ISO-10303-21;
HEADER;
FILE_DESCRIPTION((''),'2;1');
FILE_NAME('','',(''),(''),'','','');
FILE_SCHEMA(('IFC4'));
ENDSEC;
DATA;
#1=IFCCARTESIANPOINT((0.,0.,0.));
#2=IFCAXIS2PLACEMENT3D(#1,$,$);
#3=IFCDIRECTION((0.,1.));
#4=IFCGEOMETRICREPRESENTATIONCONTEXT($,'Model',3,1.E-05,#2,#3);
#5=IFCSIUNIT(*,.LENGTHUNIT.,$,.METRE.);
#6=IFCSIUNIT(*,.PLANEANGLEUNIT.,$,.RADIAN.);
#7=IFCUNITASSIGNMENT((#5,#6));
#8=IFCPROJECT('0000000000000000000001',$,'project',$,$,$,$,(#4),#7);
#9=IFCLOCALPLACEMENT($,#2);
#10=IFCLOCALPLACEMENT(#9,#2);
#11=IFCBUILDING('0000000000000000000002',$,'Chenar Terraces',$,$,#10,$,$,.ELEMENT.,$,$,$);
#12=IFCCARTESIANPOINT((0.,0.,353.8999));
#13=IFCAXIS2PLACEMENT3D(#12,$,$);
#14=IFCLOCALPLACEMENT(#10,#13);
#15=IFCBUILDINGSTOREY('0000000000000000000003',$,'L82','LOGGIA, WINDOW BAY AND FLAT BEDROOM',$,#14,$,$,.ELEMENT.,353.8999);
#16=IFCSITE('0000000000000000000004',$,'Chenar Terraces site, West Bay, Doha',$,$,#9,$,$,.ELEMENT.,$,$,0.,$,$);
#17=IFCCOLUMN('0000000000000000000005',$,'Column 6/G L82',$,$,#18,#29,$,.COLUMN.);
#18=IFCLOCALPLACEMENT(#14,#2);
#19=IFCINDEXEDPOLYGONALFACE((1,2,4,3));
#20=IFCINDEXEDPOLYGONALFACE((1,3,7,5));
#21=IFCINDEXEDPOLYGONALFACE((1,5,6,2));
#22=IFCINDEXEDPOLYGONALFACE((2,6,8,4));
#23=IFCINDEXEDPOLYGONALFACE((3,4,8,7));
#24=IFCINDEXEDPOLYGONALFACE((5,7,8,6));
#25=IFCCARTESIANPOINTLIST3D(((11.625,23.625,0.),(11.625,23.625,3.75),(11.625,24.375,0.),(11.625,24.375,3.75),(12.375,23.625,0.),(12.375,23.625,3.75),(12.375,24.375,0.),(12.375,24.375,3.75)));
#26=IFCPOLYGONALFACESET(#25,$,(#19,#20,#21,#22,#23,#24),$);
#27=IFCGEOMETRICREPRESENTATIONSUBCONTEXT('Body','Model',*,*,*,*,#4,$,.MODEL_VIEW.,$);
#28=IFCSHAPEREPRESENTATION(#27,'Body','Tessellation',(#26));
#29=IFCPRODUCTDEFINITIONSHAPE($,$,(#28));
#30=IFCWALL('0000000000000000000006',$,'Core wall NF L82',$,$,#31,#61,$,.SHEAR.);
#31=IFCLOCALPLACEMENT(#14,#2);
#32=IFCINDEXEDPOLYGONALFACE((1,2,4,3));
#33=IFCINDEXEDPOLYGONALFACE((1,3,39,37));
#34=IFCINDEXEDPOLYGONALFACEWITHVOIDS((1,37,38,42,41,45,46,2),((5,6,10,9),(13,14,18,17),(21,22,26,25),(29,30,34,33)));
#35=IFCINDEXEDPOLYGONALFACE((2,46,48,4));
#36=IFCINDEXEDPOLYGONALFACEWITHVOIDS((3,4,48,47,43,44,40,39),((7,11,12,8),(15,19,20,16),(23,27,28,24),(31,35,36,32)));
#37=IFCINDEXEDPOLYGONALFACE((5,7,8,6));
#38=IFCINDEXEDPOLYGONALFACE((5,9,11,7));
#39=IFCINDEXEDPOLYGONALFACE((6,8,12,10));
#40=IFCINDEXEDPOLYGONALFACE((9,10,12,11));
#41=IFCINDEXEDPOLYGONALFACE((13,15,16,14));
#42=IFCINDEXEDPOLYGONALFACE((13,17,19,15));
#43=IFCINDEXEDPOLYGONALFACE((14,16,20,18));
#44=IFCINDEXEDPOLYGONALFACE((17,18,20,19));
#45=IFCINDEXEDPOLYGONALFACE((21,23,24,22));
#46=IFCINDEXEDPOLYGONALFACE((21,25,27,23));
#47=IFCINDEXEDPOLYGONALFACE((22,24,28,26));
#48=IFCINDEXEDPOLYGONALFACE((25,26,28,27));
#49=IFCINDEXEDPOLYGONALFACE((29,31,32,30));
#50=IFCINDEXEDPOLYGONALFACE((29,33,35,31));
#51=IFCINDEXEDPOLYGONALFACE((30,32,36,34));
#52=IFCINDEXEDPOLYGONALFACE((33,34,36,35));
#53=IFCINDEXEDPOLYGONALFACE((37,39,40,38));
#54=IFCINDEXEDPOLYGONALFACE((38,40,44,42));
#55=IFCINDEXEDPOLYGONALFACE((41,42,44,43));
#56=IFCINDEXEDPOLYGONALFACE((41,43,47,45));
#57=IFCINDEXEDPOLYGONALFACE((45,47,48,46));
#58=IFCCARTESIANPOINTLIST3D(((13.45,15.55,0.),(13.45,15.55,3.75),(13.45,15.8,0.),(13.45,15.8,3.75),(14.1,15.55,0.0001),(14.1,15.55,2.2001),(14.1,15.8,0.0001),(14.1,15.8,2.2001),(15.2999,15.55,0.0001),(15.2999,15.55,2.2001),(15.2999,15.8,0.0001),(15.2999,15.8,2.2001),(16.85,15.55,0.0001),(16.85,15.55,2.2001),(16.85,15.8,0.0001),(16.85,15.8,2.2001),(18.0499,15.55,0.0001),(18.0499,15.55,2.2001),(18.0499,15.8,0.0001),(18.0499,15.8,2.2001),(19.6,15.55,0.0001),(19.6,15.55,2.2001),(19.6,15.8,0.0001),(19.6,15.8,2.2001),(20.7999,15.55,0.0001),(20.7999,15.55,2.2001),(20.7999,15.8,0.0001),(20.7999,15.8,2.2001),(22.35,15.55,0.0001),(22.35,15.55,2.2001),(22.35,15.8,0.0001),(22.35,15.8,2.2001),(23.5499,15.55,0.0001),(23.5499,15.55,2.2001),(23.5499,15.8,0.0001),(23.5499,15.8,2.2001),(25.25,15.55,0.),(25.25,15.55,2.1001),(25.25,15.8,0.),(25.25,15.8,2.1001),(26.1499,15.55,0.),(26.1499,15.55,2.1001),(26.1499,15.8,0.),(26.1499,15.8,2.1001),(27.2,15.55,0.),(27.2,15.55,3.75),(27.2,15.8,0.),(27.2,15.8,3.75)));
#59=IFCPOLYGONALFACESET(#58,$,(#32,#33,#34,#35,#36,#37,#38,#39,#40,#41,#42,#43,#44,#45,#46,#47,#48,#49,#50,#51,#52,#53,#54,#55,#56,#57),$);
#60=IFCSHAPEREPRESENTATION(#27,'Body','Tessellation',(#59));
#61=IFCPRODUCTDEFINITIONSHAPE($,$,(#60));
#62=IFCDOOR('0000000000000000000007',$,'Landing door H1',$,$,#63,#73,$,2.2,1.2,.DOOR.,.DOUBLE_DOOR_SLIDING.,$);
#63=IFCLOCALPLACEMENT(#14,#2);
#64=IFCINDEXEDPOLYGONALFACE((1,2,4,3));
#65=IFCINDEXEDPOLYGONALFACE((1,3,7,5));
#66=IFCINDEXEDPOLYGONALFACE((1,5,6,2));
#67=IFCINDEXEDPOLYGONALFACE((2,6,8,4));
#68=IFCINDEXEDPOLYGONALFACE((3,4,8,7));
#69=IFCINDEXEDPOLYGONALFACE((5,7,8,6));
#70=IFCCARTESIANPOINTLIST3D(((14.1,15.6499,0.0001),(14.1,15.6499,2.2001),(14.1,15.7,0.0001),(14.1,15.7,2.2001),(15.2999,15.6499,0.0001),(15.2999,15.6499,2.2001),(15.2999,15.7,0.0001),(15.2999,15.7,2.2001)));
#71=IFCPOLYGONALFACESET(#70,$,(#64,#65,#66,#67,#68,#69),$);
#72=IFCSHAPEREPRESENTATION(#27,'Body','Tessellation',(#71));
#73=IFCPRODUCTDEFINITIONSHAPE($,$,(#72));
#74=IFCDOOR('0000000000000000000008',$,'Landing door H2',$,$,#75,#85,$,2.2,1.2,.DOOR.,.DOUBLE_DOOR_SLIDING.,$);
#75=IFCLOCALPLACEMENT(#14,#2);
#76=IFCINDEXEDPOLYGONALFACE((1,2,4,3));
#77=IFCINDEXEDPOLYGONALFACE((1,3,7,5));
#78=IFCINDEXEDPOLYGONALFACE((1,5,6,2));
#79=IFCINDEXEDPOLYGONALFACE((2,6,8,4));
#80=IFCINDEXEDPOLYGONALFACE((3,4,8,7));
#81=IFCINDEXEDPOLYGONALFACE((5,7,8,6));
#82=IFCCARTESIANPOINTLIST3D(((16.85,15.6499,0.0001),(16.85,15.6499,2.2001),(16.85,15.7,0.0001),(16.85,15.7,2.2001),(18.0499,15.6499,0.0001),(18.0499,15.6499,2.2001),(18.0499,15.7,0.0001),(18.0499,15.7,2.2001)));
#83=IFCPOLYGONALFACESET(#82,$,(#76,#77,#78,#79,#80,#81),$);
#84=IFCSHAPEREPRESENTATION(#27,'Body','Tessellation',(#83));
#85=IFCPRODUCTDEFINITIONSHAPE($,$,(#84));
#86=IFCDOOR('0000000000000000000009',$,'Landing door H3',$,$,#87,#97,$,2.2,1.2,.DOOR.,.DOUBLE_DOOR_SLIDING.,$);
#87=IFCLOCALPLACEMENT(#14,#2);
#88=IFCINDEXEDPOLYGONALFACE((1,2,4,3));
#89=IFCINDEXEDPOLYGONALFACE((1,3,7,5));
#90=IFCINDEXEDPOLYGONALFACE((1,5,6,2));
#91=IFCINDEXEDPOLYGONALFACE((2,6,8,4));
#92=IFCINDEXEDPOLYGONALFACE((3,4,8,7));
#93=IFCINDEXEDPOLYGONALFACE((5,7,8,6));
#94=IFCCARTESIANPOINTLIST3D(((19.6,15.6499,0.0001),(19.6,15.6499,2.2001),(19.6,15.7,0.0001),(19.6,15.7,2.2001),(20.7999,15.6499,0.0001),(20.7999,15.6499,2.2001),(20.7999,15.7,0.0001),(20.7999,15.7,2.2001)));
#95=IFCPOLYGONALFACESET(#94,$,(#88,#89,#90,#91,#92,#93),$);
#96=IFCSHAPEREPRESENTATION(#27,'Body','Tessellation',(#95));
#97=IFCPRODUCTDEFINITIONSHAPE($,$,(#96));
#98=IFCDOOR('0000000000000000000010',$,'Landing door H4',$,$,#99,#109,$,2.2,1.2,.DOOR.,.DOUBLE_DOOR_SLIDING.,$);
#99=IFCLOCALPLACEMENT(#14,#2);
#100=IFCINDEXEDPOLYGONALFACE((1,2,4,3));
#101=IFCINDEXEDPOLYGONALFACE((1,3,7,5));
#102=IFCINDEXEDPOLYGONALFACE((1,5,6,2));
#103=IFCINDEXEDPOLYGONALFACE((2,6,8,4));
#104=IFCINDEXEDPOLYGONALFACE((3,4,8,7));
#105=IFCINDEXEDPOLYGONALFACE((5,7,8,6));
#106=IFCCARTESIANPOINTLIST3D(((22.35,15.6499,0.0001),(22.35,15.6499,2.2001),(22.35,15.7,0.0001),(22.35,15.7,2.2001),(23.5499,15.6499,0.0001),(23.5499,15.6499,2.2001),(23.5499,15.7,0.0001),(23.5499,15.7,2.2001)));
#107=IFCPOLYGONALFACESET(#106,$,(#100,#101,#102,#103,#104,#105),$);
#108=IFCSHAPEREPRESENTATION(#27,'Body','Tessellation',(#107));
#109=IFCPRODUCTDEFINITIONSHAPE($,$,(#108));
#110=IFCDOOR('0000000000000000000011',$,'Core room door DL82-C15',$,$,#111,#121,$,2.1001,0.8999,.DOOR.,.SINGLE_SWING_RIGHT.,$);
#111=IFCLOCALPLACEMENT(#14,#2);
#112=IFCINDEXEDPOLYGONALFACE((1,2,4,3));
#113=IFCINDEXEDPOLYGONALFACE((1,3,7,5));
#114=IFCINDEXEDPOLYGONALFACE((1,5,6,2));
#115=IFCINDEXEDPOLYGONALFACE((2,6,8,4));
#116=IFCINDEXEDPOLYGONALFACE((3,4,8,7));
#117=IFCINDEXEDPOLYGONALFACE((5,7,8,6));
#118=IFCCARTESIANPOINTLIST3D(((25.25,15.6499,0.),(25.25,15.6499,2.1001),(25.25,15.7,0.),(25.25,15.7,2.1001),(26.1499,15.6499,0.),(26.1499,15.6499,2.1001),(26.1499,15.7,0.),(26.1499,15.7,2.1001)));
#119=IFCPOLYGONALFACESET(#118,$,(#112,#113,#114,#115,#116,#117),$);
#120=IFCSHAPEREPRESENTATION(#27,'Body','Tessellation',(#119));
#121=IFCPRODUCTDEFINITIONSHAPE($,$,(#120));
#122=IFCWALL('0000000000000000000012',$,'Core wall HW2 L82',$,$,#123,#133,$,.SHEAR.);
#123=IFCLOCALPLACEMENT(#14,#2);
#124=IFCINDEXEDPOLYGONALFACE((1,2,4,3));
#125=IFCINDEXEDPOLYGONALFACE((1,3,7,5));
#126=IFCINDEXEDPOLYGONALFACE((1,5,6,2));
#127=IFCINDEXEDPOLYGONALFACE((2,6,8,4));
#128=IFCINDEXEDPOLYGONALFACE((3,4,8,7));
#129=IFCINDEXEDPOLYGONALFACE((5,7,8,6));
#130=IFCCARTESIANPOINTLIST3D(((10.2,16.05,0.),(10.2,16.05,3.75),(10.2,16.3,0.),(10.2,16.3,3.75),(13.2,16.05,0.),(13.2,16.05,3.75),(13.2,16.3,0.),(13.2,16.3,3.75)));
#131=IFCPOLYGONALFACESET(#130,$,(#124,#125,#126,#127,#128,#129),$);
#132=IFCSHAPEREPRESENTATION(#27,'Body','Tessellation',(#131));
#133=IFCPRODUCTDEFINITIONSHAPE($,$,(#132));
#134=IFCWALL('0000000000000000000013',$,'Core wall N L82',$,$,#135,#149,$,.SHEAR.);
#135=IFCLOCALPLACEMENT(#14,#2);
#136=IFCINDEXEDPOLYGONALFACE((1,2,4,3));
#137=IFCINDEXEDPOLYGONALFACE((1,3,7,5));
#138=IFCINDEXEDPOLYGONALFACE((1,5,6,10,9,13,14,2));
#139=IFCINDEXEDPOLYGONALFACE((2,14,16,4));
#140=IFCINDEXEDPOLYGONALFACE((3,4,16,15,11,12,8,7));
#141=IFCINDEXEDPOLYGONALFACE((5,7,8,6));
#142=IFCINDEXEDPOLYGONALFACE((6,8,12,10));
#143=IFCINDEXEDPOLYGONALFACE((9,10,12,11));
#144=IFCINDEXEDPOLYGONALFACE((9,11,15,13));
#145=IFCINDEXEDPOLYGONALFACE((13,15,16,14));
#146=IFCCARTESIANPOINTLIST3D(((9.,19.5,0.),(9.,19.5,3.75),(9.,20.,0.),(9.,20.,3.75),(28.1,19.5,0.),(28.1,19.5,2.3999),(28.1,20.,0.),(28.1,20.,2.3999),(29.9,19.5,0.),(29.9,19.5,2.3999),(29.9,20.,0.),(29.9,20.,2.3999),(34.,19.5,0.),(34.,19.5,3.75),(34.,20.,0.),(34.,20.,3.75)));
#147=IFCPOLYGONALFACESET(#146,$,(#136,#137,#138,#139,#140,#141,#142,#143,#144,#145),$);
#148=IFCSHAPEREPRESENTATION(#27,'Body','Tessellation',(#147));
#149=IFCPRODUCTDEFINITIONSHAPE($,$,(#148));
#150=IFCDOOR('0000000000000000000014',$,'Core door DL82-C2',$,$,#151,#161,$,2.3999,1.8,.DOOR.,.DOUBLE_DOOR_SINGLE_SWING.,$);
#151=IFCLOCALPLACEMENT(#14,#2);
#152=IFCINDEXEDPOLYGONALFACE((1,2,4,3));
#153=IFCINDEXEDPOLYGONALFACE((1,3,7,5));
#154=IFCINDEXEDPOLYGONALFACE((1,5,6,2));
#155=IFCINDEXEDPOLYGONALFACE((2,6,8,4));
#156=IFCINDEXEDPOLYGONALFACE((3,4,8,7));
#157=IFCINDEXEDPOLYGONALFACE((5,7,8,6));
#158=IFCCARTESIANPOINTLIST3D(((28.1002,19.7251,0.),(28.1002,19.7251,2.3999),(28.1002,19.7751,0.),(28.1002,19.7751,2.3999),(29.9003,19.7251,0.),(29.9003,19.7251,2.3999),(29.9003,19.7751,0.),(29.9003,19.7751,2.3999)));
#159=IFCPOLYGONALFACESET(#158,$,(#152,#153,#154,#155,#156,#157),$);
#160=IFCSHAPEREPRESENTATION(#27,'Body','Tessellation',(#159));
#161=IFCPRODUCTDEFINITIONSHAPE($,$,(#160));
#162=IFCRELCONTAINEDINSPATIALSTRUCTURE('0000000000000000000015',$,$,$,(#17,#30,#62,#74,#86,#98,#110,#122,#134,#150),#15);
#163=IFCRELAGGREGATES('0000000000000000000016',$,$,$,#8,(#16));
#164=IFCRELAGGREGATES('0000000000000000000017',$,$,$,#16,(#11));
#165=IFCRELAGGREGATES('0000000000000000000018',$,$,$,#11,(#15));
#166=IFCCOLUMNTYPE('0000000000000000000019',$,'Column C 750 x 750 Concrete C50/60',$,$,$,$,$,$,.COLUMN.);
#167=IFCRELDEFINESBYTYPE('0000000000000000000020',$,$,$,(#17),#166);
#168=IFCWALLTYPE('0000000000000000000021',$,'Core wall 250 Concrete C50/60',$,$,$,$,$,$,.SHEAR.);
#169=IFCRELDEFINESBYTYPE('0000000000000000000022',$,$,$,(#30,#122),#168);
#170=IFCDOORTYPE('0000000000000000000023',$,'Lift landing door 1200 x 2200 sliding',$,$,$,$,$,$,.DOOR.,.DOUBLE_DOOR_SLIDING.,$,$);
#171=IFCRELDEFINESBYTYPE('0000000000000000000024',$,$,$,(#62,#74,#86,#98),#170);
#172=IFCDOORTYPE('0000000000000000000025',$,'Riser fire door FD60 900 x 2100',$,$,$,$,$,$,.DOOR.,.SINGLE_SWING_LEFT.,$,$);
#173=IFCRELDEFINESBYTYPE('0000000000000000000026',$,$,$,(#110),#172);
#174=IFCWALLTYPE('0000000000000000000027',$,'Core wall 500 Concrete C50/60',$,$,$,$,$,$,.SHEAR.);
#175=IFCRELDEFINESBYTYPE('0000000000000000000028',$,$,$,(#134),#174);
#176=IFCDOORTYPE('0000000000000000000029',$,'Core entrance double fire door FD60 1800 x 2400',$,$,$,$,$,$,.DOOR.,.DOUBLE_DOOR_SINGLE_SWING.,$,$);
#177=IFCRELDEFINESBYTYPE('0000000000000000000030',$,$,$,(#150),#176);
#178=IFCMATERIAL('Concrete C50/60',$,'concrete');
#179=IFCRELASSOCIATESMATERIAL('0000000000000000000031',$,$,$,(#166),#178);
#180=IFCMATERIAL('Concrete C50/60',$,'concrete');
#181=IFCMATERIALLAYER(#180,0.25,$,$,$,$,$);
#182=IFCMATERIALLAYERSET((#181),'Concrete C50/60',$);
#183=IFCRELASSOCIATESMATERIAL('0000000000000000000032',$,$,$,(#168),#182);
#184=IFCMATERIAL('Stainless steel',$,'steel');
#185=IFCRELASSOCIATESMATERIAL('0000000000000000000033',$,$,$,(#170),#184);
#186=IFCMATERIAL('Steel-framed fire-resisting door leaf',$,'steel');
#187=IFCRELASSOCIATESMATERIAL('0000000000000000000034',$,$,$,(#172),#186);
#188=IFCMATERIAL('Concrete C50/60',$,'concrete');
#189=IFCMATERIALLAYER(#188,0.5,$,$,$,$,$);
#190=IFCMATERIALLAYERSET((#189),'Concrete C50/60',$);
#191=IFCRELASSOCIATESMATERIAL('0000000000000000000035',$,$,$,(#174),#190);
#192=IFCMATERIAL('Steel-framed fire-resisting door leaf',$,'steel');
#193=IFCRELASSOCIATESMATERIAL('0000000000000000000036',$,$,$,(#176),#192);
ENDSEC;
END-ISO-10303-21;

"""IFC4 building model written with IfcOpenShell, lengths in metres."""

from ifc_helpers import new_model, si_unit, direction, frame, frame_2d, origin, origin_2d, place, context, subcontext, project, spatial, rectangle, extrude, material, layer, layer_set, material_profile, profile_set, type_object, element, fill, save


model = new_model("IFC4")

# Units and contexts
model_context = context("Model", 3, precision=1e-05, world=origin(), true_north=direction((0.0, 1.0)))
body_context = subcontext(model_context, "Body", "Model", "MODEL_VIEW")
ifc_project = project(units=[si_unit("LENGTHUNIT", "METRE"), si_unit("PLANEANGLEUNIT", "RADIAN")], contexts=[model_context])

# Site, building, storey
site_placement = place(None, origin())
site = spatial("IfcSite", under=ifc_project, at=site_placement, Name="Chenar Terraces site, West Bay, Doha", CompositionType="ELEMENT", RefElevation=0.0)
building_placement = place(site_placement, origin())
building = spatial("IfcBuilding", under=site, at=building_placement, Name="Chenar Terraces", CompositionType="ELEMENT")
storey_placement = place(building_placement, frame((0.0, 0.0, 353.8999)))
storey = spatial("IfcBuildingStorey", under=building, at=storey_placement, Name="L82", Description="LOGGIA, WINDOW BAY AND FLAT BEDROOM", CompositionType="ELEMENT", Elevation=353.8999)

# Column
ifc_material_1 = material(Name="Concrete C50/60", Category="concrete")
ifc_material_profile = material_profile(ifc_material_1, rectangle(XDim=0.75, YDim=0.75, at=origin_2d()), Name="C 750 x 750")
ifc_profile_set = profile_set([ifc_material_profile], Name="Concrete C50/60")
column_type = type_object("IfcColumnType", Name="Column C 750 x 750 Concrete C50/60", PredefinedType="COLUMN", material=ifc_profile_set)
column_placement = place(storey_placement, frame((12.0, 24.0, 0.0), z_axis=(0.0, 0.0, 1.0), x_axis=(1.0, 0.0, 0.0)))
element("IfcColumn", 1, at=column_placement, inside=storey, type_object=column_type, Name="Column 6/G L82", PredefinedType="COLUMN", context=body_context, shape_type="SweptSolid", body=[
    extrude(rectangle(XDim=0.75, YDim=0.75, at=origin_2d()), origin(), (0.0, 0.0, 1.0), 3.75),
])

# Wall, openings, doors
ifc_material_2 = material(Name="Concrete C50/60", Category="concrete")
ifc_layer_1 = layer(ifc_material_2, 0.25)
ifc_layer_set_1 = layer_set([ifc_layer_1], Name="Concrete C50/60")
wall_type_1 = type_object("IfcWallType", Name="Core wall 250 Concrete C50/60", PredefinedType="SHEAR", material=ifc_layer_set_1)
wall_1_placement = place(storey_placement, frame((13.45, 15.675, 0.0), z_axis=(0.0, 0.0, 1.0), x_axis=(1.0, 0.0, 0.0)))
wall_1 = element("IfcWall", 2, at=wall_1_placement, inside=storey, type_object=wall_type_1, Name="Core wall NF L82", PredefinedType="SHEAR", context=body_context, shape_type="SweptSolid", body=[
    extrude(rectangle(XDim=13.75, YDim=0.25, at=frame_2d((6.875, 0.0))), origin(), (0.0, 0.0, 1.0), 3.75),
])
opening_1_placement = place(wall_1_placement, frame((0.6499, 0.0, 0.0)))
opening_1 = element("IfcOpeningElement", 3, at=opening_1_placement, cuts=wall_1, PredefinedType="OPENING", context=body_context, shape_type="SweptSolid", body=[
    extrude(rectangle(XDim=1.2, YDim=2.2, at=frame_2d((0.6001, 1.1001))), frame((0.0, 0.135, 0.0), z_axis=(0.0, -1.0, 0.0), x_axis=(1.0, 0.0, 0.0)), (0.0, 0.0, 1.0), 0.27),
])
opening_2_placement = place(wall_1_placement, frame((3.3999, 0.0, 0.0)))
opening_2 = element("IfcOpeningElement", 4, at=opening_2_placement, cuts=wall_1, PredefinedType="OPENING", context=body_context, shape_type="SweptSolid", body=[
    extrude(rectangle(XDim=1.2, YDim=2.2, at=frame_2d((0.6001, 1.1001))), frame((0.0, 0.135, 0.0), z_axis=(0.0, -1.0, 0.0), x_axis=(1.0, 0.0, 0.0)), (0.0, 0.0, 1.0), 0.27),
])
opening_3_placement = place(wall_1_placement, frame((6.1499, 0.0, 0.0)))
opening_3 = element("IfcOpeningElement", 5, at=opening_3_placement, cuts=wall_1, PredefinedType="OPENING", context=body_context, shape_type="SweptSolid", body=[
    extrude(rectangle(XDim=1.2, YDim=2.2, at=frame_2d((0.6001, 1.1001))), frame((0.0, 0.135, 0.0), z_axis=(0.0, -1.0, 0.0), x_axis=(1.0, 0.0, 0.0)), (0.0, 0.0, 1.0), 0.27),
])
opening_4_placement = place(wall_1_placement, frame((8.8999, 0.0, 0.0)))
opening_4 = element("IfcOpeningElement", 6, at=opening_4_placement, cuts=wall_1, PredefinedType="OPENING", context=body_context, shape_type="SweptSolid", body=[
    extrude(rectangle(XDim=1.2, YDim=2.2, at=frame_2d((0.6001, 1.1001))), frame((0.0, 0.135, 0.0), z_axis=(0.0, -1.0, 0.0), x_axis=(1.0, 0.0, 0.0)), (0.0, 0.0, 1.0), 0.27),
])
opening_5_placement = place(wall_1_placement, frame((11.8, 0.0, 0.0)))
opening_5 = element("IfcOpeningElement", 7, at=opening_5_placement, cuts=wall_1, PredefinedType="OPENING", context=body_context, shape_type="SweptSolid", body=[
    extrude(rectangle(XDim=0.8999, YDim=2.1001, at=frame_2d((0.45, 1.05))), frame((0.0, 0.135, 0.0), z_axis=(0.0, -1.0, 0.0), x_axis=(1.0, 0.0, 0.0)), (0.0, 0.0, 1.0), 0.27),
])
ifc_material_3 = material(Name="Stainless steel", Category="steel")
door_type_1 = type_object("IfcDoorType", Name="Lift landing door 1200 x 2200 sliding", OperationType="DOUBLE_DOOR_SLIDING", PredefinedType="DOOR", material=ifc_material_3)
door_1_placement = place(opening_1_placement, origin())
door_1 = element("IfcDoor", 8, at=door_1_placement, inside=storey, type_object=door_type_1, Name="Landing door H1", OperationType="DOUBLE_DOOR_SLIDING", OverallHeight=2.2, OverallWidth=1.2, PredefinedType="DOOR", context=body_context, shape_type="SweptSolid", body=[
    extrude(rectangle(XDim=1.2, YDim=2.2, at=frame_2d((0.6001, 1.1001))), frame((0.0, 0.0249, 0.0), z_axis=(0.0, -1.0, 0.0), x_axis=(1.0, 0.0, 0.0)), (0.0, 0.0, 1.0), 0.05),
])
fill(opening_1, door_1)
door_2_placement = place(opening_2_placement, origin())
door_2 = element("IfcDoor", 9, at=door_2_placement, inside=storey, type_object=door_type_1, Name="Landing door H2", OperationType="DOUBLE_DOOR_SLIDING", OverallHeight=2.2, OverallWidth=1.2, PredefinedType="DOOR", context=body_context, shape_type="SweptSolid", body=[
    extrude(rectangle(XDim=1.2, YDim=2.2, at=frame_2d((0.6001, 1.1001))), frame((0.0, 0.0249, 0.0), z_axis=(0.0, -1.0, 0.0), x_axis=(1.0, 0.0, 0.0)), (0.0, 0.0, 1.0), 0.05),
])
fill(opening_2, door_2)
door_3_placement = place(opening_3_placement, origin())
door_3 = element("IfcDoor", 10, at=door_3_placement, inside=storey, type_object=door_type_1, Name="Landing door H3", OperationType="DOUBLE_DOOR_SLIDING", OverallHeight=2.2, OverallWidth=1.2, PredefinedType="DOOR", context=body_context, shape_type="SweptSolid", body=[
    extrude(rectangle(XDim=1.2, YDim=2.2, at=frame_2d((0.6001, 1.1001))), frame((0.0, 0.0249, 0.0), z_axis=(0.0, -1.0, 0.0), x_axis=(1.0, 0.0, 0.0)), (0.0, 0.0, 1.0), 0.05),
])
fill(opening_3, door_3)
door_4_placement = place(opening_4_placement, origin())
door_4 = element("IfcDoor", 11, at=door_4_placement, inside=storey, type_object=door_type_1, Name="Landing door H4", OperationType="DOUBLE_DOOR_SLIDING", OverallHeight=2.2, OverallWidth=1.2, PredefinedType="DOOR", context=body_context, shape_type="SweptSolid", body=[
    extrude(rectangle(XDim=1.2, YDim=2.2, at=frame_2d((0.6001, 1.1001))), frame((0.0, 0.0249, 0.0), z_axis=(0.0, -1.0, 0.0), x_axis=(1.0, 0.0, 0.0)), (0.0, 0.0, 1.0), 0.05),
])
fill(opening_4, door_4)
ifc_material_4 = material(Name="Steel-framed fire-resisting door leaf", Category="steel")
door_type_2 = type_object("IfcDoorType", Name="Riser fire door FD60 900 x 2100", OperationType="SINGLE_SWING_LEFT", PredefinedType="DOOR", material=ifc_material_4)
door_5_placement = place(opening_5_placement, origin())
door_5 = element("IfcDoor", 12, at=door_5_placement, inside=storey, type_object=door_type_2, Name="Core room door DL82-C15", OperationType="SINGLE_SWING_RIGHT", OverallHeight=2.1001, OverallWidth=0.8999, PredefinedType="DOOR", context=body_context, shape_type="SweptSolid", body=[
    extrude(rectangle(XDim=0.8999, YDim=2.1001, at=frame_2d((0.45, 1.05))), frame((0.0, 0.0249, 0.0), z_axis=(0.0, -1.0, 0.0), x_axis=(1.0, 0.0, 0.0)), (0.0, 0.0, 1.0), 0.05),
])
fill(opening_5, door_5)

# Wall
wall_2_placement = place(storey_placement, frame((10.2, 16.175, 0.0), z_axis=(0.0, 0.0, 1.0), x_axis=(1.0, 0.0, 0.0)))
element("IfcWall", 13, at=wall_2_placement, inside=storey, type_object=wall_type_1, Name="Core wall HW2 L82", PredefinedType="SHEAR", context=body_context, shape_type="SweptSolid", body=[
    extrude(rectangle(XDim=3.0, YDim=0.25, at=frame_2d((1.5, 0.0))), origin(), (0.0, 0.0, 1.0), 3.75),
])

# Wall, opening, door
ifc_material_5 = material(Name="Concrete C50/60", Category="concrete")
ifc_layer_2 = layer(ifc_material_5, 0.5)
ifc_layer_set_2 = layer_set([ifc_layer_2], Name="Concrete C50/60")
wall_type_2 = type_object("IfcWallType", Name="Core wall 500 Concrete C50/60", PredefinedType="SHEAR", material=ifc_layer_set_2)
wall_3_placement = place(storey_placement, frame((9.0, 19.75, 0.0), z_axis=(0.0, 0.0, 1.0), x_axis=(1.0, 0.0, 0.0)))
wall_3 = element("IfcWall", 14, at=wall_3_placement, inside=storey, type_object=wall_type_2, Name="Core wall N L82", PredefinedType="SHEAR", context=body_context, shape_type="SweptSolid", body=[
    extrude(rectangle(XDim=25.0, YDim=0.5, at=frame_2d((12.5, 0.0))), origin(), (0.0, 0.0, 1.0), 3.75),
])
opening_6_placement = place(wall_3_placement, frame((19.1001, 0.0, 0.0)))
opening_6 = element("IfcOpeningElement", 15, at=opening_6_placement, cuts=wall_3, PredefinedType="OPENING", context=body_context, shape_type="SweptSolid", body=[
    extrude(rectangle(XDim=1.8, YDim=2.3999, at=frame_2d((0.8999, 1.2))), frame((0.0, 0.26, 0.0), z_axis=(0.0, -1.0, 0.0), x_axis=(1.0, 0.0, 0.0)), (0.0, 0.0, 1.0), 0.52),
])
ifc_material_6 = material(Name="Steel-framed fire-resisting door leaf", Category="steel")
door_type_3 = type_object("IfcDoorType", Name="Core entrance double fire door FD60 1800 x 2400", OperationType="DOUBLE_DOOR_SINGLE_SWING", PredefinedType="DOOR", material=ifc_material_6)
door_6_placement = place(opening_6_placement, frame((1.8, 0.0, 0.0), z_axis=(0.0, 0.0, 1.0), x_axis=(-1.0, 0.0, 0.0)))
door_6 = element("IfcDoor", 16, at=door_6_placement, inside=storey, type_object=door_type_3, Name="Core door DL82-C2", OperationType="DOUBLE_DOOR_SINGLE_SWING", OverallHeight=2.3999, OverallWidth=1.8, PredefinedType="DOOR", context=body_context, shape_type="SweptSolid", body=[
    extrude(rectangle(XDim=1.8, YDim=2.3999, at=frame_2d((0.8999, 1.2))), frame((0.0, 0.0249, 0.0), z_axis=(0.0, -1.0, 0.0), x_axis=(1.0, 0.0, 0.0)), (0.0, 0.0, 1.0), 0.05),
])
fill(opening_6, door_6)

save(model, "model.ifc")
